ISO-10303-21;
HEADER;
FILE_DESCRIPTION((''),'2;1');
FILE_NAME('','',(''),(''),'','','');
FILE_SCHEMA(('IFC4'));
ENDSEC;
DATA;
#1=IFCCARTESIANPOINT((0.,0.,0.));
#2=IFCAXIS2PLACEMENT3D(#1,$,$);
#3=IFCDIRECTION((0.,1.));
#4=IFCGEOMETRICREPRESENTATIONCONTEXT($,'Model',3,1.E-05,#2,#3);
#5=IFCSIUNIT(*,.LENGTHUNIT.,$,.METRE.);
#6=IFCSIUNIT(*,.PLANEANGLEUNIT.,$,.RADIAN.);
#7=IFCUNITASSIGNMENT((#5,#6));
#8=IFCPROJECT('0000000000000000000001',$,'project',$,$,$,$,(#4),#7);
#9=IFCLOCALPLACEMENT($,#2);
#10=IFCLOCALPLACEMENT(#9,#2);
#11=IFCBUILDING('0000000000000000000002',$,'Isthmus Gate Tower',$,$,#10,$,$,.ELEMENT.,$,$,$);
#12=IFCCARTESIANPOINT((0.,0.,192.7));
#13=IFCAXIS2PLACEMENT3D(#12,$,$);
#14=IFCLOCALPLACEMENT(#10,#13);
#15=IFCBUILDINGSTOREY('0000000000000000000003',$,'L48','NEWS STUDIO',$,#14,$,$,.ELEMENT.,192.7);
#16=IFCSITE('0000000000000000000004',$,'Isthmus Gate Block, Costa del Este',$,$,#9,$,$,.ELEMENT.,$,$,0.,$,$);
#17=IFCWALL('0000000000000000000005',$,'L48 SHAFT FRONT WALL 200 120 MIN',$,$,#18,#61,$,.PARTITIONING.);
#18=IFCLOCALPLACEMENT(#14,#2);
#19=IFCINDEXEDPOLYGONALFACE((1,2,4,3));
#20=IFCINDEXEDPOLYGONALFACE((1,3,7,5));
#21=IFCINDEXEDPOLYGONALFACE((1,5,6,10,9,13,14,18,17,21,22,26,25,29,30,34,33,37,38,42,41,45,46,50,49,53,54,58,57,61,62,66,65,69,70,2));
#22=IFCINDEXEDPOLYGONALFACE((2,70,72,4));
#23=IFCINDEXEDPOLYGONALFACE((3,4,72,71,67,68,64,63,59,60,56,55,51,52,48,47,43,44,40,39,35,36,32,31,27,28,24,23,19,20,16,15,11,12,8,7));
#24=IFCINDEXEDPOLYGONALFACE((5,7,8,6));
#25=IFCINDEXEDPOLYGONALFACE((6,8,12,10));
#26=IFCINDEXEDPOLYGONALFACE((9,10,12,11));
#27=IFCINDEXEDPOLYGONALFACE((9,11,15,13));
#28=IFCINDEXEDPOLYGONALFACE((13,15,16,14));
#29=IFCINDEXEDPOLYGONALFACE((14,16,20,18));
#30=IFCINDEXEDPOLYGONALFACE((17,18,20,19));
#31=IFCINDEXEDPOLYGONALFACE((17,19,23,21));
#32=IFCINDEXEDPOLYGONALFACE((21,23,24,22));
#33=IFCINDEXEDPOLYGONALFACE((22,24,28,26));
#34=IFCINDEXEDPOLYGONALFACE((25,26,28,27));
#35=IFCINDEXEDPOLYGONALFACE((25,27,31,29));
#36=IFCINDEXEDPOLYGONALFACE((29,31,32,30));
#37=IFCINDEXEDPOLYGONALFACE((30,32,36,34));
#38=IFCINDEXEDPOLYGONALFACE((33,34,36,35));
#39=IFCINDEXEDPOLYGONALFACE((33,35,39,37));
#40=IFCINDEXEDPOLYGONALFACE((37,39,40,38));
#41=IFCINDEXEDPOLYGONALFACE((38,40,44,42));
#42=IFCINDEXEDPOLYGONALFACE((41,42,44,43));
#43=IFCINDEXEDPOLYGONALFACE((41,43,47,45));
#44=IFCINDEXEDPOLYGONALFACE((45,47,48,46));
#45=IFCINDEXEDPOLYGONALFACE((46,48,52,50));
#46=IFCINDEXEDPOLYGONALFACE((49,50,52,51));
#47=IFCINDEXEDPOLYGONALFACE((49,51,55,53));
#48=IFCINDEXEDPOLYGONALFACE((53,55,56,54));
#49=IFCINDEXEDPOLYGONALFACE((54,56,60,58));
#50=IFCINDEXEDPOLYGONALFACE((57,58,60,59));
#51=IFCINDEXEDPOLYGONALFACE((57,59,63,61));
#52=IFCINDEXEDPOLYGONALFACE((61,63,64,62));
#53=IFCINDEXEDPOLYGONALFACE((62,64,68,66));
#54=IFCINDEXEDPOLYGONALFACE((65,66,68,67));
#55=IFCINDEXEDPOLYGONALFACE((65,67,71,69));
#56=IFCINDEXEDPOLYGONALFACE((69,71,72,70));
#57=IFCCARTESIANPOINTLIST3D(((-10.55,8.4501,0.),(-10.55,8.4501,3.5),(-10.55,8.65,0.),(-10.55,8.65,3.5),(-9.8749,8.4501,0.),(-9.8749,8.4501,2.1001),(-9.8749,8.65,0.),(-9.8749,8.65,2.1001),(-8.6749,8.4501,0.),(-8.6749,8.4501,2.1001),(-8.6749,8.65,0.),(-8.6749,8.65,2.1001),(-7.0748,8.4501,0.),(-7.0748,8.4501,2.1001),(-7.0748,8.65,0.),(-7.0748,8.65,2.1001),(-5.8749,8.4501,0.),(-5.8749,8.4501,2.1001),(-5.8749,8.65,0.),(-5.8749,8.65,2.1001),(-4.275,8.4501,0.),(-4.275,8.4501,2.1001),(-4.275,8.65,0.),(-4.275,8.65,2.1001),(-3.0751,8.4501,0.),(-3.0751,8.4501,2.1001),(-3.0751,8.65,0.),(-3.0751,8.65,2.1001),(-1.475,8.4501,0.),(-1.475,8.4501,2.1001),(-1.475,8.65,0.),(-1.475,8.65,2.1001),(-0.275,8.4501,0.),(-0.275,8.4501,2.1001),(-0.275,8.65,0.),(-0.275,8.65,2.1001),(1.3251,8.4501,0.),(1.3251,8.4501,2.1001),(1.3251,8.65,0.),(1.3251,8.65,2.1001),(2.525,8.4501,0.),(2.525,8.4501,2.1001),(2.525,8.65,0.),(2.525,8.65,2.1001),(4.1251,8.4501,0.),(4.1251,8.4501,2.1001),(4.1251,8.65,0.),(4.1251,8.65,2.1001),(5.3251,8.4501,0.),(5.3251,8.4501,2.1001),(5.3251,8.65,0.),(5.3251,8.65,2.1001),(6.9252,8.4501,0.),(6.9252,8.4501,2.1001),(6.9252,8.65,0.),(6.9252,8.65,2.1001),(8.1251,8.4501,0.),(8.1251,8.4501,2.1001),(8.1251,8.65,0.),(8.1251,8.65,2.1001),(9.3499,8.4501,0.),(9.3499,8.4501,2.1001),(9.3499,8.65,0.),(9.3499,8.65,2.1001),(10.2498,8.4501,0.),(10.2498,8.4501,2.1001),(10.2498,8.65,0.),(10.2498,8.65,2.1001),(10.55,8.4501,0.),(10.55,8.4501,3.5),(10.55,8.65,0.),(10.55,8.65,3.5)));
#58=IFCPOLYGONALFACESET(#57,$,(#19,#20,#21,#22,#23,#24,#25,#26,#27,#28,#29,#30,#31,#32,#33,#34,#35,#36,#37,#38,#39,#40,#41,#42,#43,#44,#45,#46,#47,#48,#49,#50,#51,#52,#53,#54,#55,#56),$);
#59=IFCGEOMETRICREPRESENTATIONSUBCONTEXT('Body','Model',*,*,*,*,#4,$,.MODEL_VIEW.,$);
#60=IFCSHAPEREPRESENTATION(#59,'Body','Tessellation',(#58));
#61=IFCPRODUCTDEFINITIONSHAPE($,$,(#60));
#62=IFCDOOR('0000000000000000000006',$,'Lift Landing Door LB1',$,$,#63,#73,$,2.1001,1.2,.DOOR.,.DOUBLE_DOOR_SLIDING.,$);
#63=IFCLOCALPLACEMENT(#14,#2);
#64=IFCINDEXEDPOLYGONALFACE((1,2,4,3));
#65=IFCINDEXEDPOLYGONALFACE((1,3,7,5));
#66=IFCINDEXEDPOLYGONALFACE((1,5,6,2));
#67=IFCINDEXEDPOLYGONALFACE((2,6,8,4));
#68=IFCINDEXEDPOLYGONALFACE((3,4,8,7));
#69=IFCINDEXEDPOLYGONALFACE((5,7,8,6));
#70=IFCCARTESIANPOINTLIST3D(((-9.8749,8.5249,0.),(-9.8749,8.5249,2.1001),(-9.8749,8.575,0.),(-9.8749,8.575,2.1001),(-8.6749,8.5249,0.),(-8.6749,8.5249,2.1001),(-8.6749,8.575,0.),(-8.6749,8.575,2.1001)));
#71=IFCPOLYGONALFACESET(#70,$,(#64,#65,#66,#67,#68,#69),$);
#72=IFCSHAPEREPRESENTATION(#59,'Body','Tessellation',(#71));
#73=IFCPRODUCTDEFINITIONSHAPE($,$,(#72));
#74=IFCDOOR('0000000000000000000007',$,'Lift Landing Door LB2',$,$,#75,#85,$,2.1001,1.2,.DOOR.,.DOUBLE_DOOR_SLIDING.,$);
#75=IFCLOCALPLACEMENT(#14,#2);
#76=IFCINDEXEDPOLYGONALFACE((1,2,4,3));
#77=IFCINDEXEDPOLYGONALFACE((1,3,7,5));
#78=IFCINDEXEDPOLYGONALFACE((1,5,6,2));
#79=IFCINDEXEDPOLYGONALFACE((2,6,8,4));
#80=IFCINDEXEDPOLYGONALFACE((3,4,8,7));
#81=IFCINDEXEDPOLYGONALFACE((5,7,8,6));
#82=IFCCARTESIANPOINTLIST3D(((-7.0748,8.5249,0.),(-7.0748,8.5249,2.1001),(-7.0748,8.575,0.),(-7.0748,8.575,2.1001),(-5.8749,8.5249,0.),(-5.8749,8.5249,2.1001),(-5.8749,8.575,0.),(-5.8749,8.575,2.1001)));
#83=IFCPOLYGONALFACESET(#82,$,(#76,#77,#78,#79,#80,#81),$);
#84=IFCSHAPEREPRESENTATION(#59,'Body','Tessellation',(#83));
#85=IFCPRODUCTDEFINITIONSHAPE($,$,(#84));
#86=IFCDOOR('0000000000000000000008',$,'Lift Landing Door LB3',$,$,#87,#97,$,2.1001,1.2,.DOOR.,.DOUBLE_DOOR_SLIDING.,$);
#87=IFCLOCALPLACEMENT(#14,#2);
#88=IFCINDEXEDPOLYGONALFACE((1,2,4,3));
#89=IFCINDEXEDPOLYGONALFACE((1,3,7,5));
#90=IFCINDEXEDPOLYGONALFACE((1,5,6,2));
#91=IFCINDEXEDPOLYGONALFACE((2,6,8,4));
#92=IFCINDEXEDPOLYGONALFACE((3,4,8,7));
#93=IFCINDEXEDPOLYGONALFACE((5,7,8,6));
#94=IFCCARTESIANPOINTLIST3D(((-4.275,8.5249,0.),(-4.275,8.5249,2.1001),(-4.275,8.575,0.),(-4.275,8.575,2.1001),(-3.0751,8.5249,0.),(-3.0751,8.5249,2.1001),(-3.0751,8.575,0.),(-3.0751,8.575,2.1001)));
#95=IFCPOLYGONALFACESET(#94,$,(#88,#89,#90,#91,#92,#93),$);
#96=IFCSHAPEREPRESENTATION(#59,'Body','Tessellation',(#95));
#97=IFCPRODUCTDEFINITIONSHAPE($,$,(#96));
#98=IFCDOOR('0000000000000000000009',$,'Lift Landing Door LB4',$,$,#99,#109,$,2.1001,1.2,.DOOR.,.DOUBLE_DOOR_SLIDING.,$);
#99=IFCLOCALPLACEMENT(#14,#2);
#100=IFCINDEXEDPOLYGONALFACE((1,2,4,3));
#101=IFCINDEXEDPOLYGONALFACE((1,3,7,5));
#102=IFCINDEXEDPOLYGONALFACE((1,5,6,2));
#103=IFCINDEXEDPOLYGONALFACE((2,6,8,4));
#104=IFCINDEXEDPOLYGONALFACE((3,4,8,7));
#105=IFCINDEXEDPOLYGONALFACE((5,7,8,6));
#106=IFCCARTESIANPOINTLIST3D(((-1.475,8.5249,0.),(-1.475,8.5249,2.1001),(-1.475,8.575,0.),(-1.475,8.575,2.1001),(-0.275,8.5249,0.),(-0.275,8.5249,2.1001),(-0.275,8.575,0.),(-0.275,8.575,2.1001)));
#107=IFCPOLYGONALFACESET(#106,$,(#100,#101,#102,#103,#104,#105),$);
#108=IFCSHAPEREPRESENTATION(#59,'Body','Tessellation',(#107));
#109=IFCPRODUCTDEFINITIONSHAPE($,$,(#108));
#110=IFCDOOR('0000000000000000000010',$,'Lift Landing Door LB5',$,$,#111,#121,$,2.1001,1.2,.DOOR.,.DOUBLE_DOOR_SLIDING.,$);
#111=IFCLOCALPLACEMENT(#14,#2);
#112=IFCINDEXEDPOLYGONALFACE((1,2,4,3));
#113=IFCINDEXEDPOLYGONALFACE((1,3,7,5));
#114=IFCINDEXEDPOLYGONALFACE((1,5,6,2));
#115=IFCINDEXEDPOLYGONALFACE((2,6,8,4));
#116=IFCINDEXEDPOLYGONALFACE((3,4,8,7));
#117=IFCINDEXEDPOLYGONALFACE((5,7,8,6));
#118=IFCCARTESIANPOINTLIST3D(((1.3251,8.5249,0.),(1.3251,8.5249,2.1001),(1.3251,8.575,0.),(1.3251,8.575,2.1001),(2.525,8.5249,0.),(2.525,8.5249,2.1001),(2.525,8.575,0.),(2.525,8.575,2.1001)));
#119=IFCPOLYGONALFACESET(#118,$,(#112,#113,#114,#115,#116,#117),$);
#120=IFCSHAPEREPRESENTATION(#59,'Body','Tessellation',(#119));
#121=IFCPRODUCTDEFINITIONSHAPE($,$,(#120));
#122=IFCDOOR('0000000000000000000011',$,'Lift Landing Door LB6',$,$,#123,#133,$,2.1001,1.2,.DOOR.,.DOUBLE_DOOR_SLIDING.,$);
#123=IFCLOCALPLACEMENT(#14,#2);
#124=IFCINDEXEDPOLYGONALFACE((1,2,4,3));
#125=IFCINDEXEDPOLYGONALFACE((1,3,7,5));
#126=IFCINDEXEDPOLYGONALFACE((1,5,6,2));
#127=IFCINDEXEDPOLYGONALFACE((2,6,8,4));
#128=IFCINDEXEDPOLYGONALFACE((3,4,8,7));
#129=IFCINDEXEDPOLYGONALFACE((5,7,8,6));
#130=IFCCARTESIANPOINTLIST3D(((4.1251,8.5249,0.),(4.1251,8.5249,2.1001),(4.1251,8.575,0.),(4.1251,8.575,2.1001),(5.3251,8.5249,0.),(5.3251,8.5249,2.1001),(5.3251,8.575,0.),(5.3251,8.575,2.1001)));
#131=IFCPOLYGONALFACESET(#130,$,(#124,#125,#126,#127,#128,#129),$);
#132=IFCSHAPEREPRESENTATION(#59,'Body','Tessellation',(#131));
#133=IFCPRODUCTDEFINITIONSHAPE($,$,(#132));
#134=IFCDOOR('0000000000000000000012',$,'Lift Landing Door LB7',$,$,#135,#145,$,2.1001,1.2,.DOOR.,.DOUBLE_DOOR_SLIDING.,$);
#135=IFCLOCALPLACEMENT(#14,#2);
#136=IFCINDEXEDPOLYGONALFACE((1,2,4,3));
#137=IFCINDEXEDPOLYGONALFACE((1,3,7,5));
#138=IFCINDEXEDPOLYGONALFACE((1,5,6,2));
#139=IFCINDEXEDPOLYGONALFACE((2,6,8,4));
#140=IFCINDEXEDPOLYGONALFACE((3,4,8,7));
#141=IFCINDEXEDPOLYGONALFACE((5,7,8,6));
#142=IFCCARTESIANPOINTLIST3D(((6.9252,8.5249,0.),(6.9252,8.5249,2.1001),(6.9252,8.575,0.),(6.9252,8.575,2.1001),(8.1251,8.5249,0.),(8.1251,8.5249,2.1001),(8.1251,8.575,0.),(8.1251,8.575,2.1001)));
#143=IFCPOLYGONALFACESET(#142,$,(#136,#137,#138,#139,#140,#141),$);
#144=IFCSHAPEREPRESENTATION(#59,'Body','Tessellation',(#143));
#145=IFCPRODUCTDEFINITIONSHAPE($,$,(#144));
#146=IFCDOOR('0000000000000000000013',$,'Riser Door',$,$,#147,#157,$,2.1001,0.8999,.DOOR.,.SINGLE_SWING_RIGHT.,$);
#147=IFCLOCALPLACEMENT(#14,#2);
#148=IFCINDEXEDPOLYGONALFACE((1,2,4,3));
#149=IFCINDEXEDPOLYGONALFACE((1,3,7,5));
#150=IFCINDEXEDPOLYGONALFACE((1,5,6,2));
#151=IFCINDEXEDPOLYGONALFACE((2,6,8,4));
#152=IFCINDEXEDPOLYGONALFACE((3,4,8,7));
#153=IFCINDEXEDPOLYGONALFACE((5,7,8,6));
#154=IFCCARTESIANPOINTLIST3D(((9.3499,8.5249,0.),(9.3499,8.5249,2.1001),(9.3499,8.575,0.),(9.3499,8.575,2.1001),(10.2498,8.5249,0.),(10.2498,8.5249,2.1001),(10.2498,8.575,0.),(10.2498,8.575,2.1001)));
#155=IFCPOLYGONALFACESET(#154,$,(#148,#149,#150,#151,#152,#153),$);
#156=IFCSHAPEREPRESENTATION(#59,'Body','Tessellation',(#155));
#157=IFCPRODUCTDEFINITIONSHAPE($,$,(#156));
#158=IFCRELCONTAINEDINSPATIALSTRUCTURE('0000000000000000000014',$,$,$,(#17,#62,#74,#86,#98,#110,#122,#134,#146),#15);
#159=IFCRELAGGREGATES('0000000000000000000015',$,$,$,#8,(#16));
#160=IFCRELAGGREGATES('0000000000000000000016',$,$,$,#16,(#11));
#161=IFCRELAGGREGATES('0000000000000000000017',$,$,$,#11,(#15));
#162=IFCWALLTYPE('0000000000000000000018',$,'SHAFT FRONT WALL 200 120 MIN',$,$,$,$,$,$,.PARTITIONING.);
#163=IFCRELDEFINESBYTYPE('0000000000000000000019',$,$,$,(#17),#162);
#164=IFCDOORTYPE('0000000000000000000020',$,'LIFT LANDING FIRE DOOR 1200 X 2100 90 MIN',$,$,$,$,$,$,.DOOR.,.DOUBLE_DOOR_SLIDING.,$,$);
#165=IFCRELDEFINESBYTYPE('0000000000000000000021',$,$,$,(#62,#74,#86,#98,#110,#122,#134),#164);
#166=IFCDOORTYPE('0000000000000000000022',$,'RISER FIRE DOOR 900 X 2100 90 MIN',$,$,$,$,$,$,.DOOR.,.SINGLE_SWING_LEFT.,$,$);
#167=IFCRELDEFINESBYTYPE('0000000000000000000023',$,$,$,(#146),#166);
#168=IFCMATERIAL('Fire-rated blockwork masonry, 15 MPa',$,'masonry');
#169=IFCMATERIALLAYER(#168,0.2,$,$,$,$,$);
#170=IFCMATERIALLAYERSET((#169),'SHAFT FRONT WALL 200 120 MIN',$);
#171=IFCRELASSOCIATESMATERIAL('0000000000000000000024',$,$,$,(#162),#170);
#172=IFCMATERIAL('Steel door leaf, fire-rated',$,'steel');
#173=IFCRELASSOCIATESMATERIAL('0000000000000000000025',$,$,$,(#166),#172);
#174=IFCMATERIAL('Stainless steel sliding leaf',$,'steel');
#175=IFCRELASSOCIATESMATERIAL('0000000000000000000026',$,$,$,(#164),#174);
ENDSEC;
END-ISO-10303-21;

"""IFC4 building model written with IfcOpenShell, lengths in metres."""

from ifc_helpers import new_model, si_unit, direction, frame, frame_2d, origin, place, context, subcontext, project, spatial, rectangle, extrude, material, layer, layer_set, type_object, element, fill, save


model = new_model("IFC4")

# Units and contexts
model_context = context("Model", 3, precision=1e-05, world=origin(), true_north=direction((0.0, 1.0)))
body_context = subcontext(model_context, "Body", "Model", "MODEL_VIEW")
ifc_project = project(units=[si_unit("LENGTHUNIT", "METRE"), si_unit("PLANEANGLEUNIT", "RADIAN")], contexts=[model_context])

# Site, building, storey
site_placement = place(None, origin())
site = spatial("IfcSite", under=ifc_project, at=site_placement, Name="Isthmus Gate Block, Costa del Este", CompositionType="ELEMENT", RefElevation=0.0)
building_placement = place(site_placement, origin())
building = spatial("IfcBuilding", under=site, at=building_placement, Name="Isthmus Gate Tower", CompositionType="ELEMENT")
storey_placement = place(building_placement, frame((0.0, 0.0, 192.7)))
storey = spatial("IfcBuildingStorey", under=building, at=storey_placement, Name="L48", Description="NEWS STUDIO", CompositionType="ELEMENT", Elevation=192.7)

# Wall, openings, doors
ifc_material_1 = material(Name="Fire-rated blockwork masonry, 15 MPa", Category="masonry")
ifc_layer_1 = layer(ifc_material_1, 0.2)
ifc_layer_set_1 = layer_set([ifc_layer_1], Name="SHAFT FRONT WALL 200 120 MIN")
wall_type_1 = type_object("IfcWallType", Name="SHAFT FRONT WALL 200 120 MIN", PredefinedType="PARTITIONING", material=ifc_layer_set_1)
ifc_material_2 = material(Name="Steel door leaf, fire-rated", Category="steel")
door_type_1 = type_object("IfcDoorType", Name="RISER FIRE DOOR 900 X 2100 90 MIN", OperationType="SINGLE_SWING_LEFT", PredefinedType="DOOR", material=ifc_material_2)
wall_1_placement = place(storey_placement, frame((-10.55, 8.55, 0.0), z_axis=(0.0, 0.0, 1.0), x_axis=(1.0, 0.0, 0.0)))
wall_1 = element("IfcWall", 1, at=wall_1_placement, inside=storey, type_object=wall_type_1, Name="L48 SHAFT FRONT WALL 200 120 MIN", PredefinedType="PARTITIONING", context=body_context, shape_type="SweptSolid", body=[
    extrude(rectangle(XDim=21.1001, YDim=0.2, at=frame_2d((10.55, 0.0))), origin(), (0.0, 0.0, 1.0), 3.5),
])
opening_1_placement = place(wall_1_placement, frame((0.675, 0.0, 0.0)))
opening_1 = element("IfcOpeningElement", 2, at=opening_1_placement, cuts=wall_1, PredefinedType="OPENING", context=body_context, shape_type="SweptSolid", body=[
    extrude(rectangle(XDim=1.2, YDim=2.1001, at=frame_2d((0.6001, 1.05))), frame((0.0, 0.1099, 0.0), z_axis=(0.0, -1.0, 0.0), x_axis=(1.0, 0.0, 0.0)), (0.0, 0.0, 1.0), 0.22),
])
opening_2_placement = place(wall_1_placement, frame((3.4751, 0.0, 0.0)))
opening_2 = element("IfcOpeningElement", 3, at=opening_2_placement, cuts=wall_1, PredefinedType="OPENING", context=body_context, shape_type="SweptSolid", body=[
    extrude(rectangle(XDim=1.2, YDim=2.1001, at=frame_2d((0.6001, 1.05))), frame((0.0, 0.1099, 0.0), z_axis=(0.0, -1.0, 0.0), x_axis=(1.0, 0.0, 0.0)), (0.0, 0.0, 1.0), 0.22),
])
opening_3_placement = place(wall_1_placement, frame((6.2749, 0.0, 0.0)))
opening_3 = element("IfcOpeningElement", 4, at=opening_3_placement, cuts=wall_1, PredefinedType="OPENING", context=body_context, shape_type="SweptSolid", body=[
    extrude(rectangle(XDim=1.2, YDim=2.1001, at=frame_2d((0.6001, 1.05))), frame((0.0, 0.1099, 0.0), z_axis=(0.0, -1.0, 0.0), x_axis=(1.0, 0.0, 0.0)), (0.0, 0.0, 1.0), 0.22),
])
opening_4_placement = place(wall_1_placement, frame((9.075, 0.0, 0.0)))
opening_4 = element("IfcOpeningElement", 5, at=opening_4_placement, cuts=wall_1, PredefinedType="OPENING", context=body_context, shape_type="SweptSolid", body=[
    extrude(rectangle(XDim=1.2, YDim=2.1001, at=frame_2d((0.6001, 1.05))), frame((0.0, 0.1099, 0.0), z_axis=(0.0, -1.0, 0.0), x_axis=(1.0, 0.0, 0.0)), (0.0, 0.0, 1.0), 0.22),
])
opening_5_placement = place(wall_1_placement, frame((11.875, 0.0, 0.0)))
opening_5 = element("IfcOpeningElement", 6, at=opening_5_placement, cuts=wall_1, PredefinedType="OPENING", context=body_context, shape_type="SweptSolid", body=[
    extrude(rectangle(XDim=1.2, YDim=2.1001, at=frame_2d((0.6001, 1.05))), frame((0.0, 0.1099, 0.0), z_axis=(0.0, -1.0, 0.0), x_axis=(1.0, 0.0, 0.0)), (0.0, 0.0, 1.0), 0.22),
])
opening_6_placement = place(wall_1_placement, frame((14.675, 0.0, 0.0)))
opening_6 = element("IfcOpeningElement", 7, at=opening_6_placement, cuts=wall_1, PredefinedType="OPENING", context=body_context, shape_type="SweptSolid", body=[
    extrude(rectangle(XDim=1.2, YDim=2.1001, at=frame_2d((0.6001, 1.05))), frame((0.0, 0.1099, 0.0), z_axis=(0.0, -1.0, 0.0), x_axis=(1.0, 0.0, 0.0)), (0.0, 0.0, 1.0), 0.22),
])
opening_7_placement = place(wall_1_placement, frame((17.4751, 0.0, 0.0)))
opening_7 = element("IfcOpeningElement", 8, at=opening_7_placement, cuts=wall_1, PredefinedType="OPENING", context=body_context, shape_type="SweptSolid", body=[
    extrude(rectangle(XDim=1.2, YDim=2.1001, at=frame_2d((0.6001, 1.05))), frame((0.0, 0.1099, 0.0), z_axis=(0.0, -1.0, 0.0), x_axis=(1.0, 0.0, 0.0)), (0.0, 0.0, 1.0), 0.22),
])
opening_8_placement = place(wall_1_placement, frame((19.8999, 0.0, 0.0)))
opening_8 = element("IfcOpeningElement", 9, at=opening_8_placement, cuts=wall_1, PredefinedType="OPENING", context=body_context, shape_type="SweptSolid", body=[
    extrude(rectangle(XDim=0.8999, YDim=2.1001, at=frame_2d((0.45, 1.05))), frame((0.0, 0.1099, 0.0), z_axis=(0.0, -1.0, 0.0), x_axis=(1.0, 0.0, 0.0)), (0.0, 0.0, 1.0), 0.22),
])
ifc_material_3 = material(Name="Stainless steel sliding leaf", Category="steel")
door_type_2 = type_object("IfcDoorType", Name="LIFT LANDING FIRE DOOR 1200 X 2100 90 MIN", OperationType="DOUBLE_DOOR_SLIDING", PredefinedType="DOOR", material=ifc_material_3)
door_1_placement = place(opening_1_placement, origin())
door_1 = element("IfcDoor", 10, at=door_1_placement, inside=storey, type_object=door_type_2, Name="Lift Landing Door LB1", OperationType="DOUBLE_DOOR_SLIDING", OverallHeight=2.1001, OverallWidth=1.2, PredefinedType="DOOR", context=body_context, shape_type="SweptSolid", body=[
    extrude(rectangle(XDim=1.2, YDim=2.1001, at=frame_2d((0.6001, 1.05))), frame((0.0, 0.0249, 0.0), z_axis=(0.0, -1.0, 0.0), x_axis=(1.0, 0.0, 0.0)), (0.0, 0.0, 1.0), 0.05),
])
fill(opening_1, door_1)
door_2_placement = place(opening_2_placement, origin())
door_2 = element("IfcDoor", 11, at=door_2_placement, inside=storey, type_object=door_type_2, Name="Lift Landing Door LB2", OperationType="DOUBLE_DOOR_SLIDING", OverallHeight=2.1001, OverallWidth=1.2, PredefinedType="DOOR", context=body_context, shape_type="SweptSolid", body=[
    extrude(rectangle(XDim=1.2, YDim=2.1001, at=frame_2d((0.6001, 1.05))), frame((0.0, 0.0249, 0.0), z_axis=(0.0, -1.0, 0.0), x_axis=(1.0, 0.0, 0.0)), (0.0, 0.0, 1.0), 0.05),
])
fill(opening_2, door_2)
door_3_placement = place(opening_3_placement, origin())
door_3 = element("IfcDoor", 12, at=door_3_placement, inside=storey, type_object=door_type_2, Name="Lift Landing Door LB3", OperationType="DOUBLE_DOOR_SLIDING", OverallHeight=2.1001, OverallWidth=1.2, PredefinedType="DOOR", context=body_context, shape_type="SweptSolid", body=[
    extrude(rectangle(XDim=1.2, YDim=2.1001, at=frame_2d((0.6001, 1.05))), frame((0.0, 0.0249, 0.0), z_axis=(0.0, -1.0, 0.0), x_axis=(1.0, 0.0, 0.0)), (0.0, 0.0, 1.0), 0.05),
])
fill(opening_3, door_3)
door_4_placement = place(opening_4_placement, origin())
door_4 = element("IfcDoor", 13, at=door_4_placement, inside=storey, type_object=door_type_2, Name="Lift Landing Door LB4", OperationType="DOUBLE_DOOR_SLIDING", OverallHeight=2.1001, OverallWidth=1.2, PredefinedType="DOOR", context=body_context, shape_type="SweptSolid", body=[
    extrude(rectangle(XDim=1.2, YDim=2.1001, at=frame_2d((0.6001, 1.05))), frame((0.0, 0.0249, 0.0), z_axis=(0.0, -1.0, 0.0), x_axis=(1.0, 0.0, 0.0)), (0.0, 0.0, 1.0), 0.05),
])
fill(opening_4, door_4)
door_5_placement = place(opening_5_placement, origin())
door_5 = element("IfcDoor", 14, at=door_5_placement, inside=storey, type_object=door_type_2, Name="Lift Landing Door LB5", OperationType="DOUBLE_DOOR_SLIDING", OverallHeight=2.1001, OverallWidth=1.2, PredefinedType="DOOR", context=body_context, shape_type="SweptSolid", body=[
    extrude(rectangle(XDim=1.2, YDim=2.1001, at=frame_2d((0.6001, 1.05))), frame((0.0, 0.0249, 0.0), z_axis=(0.0, -1.0, 0.0), x_axis=(1.0, 0.0, 0.0)), (0.0, 0.0, 1.0), 0.05),
])
fill(opening_5, door_5)
door_6_placement = place(opening_6_placement, origin())
door_6 = element("IfcDoor", 15, at=door_6_placement, inside=storey, type_object=door_type_2, Name="Lift Landing Door LB6", OperationType="DOUBLE_DOOR_SLIDING", OverallHeight=2.1001, OverallWidth=1.2, PredefinedType="DOOR", context=body_context, shape_type="SweptSolid", body=[
    extrude(rectangle(XDim=1.2, YDim=2.1001, at=frame_2d((0.6001, 1.05))), frame((0.0, 0.0249, 0.0), z_axis=(0.0, -1.0, 0.0), x_axis=(1.0, 0.0, 0.0)), (0.0, 0.0, 1.0), 0.05),
])
fill(opening_6, door_6)
door_7_placement = place(opening_7_placement, origin())
door_7 = element("IfcDoor", 16, at=door_7_placement, inside=storey, type_object=door_type_2, Name="Lift Landing Door LB7", OperationType="DOUBLE_DOOR_SLIDING", OverallHeight=2.1001, OverallWidth=1.2, PredefinedType="DOOR", context=body_context, shape_type="SweptSolid", body=[
    extrude(rectangle(XDim=1.2, YDim=2.1001, at=frame_2d((0.6001, 1.05))), frame((0.0, 0.0249, 0.0), z_axis=(0.0, -1.0, 0.0), x_axis=(1.0, 0.0, 0.0)), (0.0, 0.0, 1.0), 0.05),
])
fill(opening_7, door_7)
door_8_placement = place(opening_8_placement, origin())
door_8 = element("IfcDoor", 17, at=door_8_placement, inside=storey, type_object=door_type_1, Name="Riser Door", OperationType="SINGLE_SWING_RIGHT", OverallHeight=2.1001, OverallWidth=0.8999, PredefinedType="DOOR", context=body_context, shape_type="SweptSolid", body=[
    extrude(rectangle(XDim=0.8999, YDim=2.1001, at=frame_2d((0.45, 1.05))), frame((0.0, 0.0249, 0.0), z_axis=(0.0, -1.0, 0.0), x_axis=(1.0, 0.0, 0.0)), (0.0, 0.0, 1.0), 0.05),
])
fill(opening_8, door_8)

save(model, "model.ifc")
